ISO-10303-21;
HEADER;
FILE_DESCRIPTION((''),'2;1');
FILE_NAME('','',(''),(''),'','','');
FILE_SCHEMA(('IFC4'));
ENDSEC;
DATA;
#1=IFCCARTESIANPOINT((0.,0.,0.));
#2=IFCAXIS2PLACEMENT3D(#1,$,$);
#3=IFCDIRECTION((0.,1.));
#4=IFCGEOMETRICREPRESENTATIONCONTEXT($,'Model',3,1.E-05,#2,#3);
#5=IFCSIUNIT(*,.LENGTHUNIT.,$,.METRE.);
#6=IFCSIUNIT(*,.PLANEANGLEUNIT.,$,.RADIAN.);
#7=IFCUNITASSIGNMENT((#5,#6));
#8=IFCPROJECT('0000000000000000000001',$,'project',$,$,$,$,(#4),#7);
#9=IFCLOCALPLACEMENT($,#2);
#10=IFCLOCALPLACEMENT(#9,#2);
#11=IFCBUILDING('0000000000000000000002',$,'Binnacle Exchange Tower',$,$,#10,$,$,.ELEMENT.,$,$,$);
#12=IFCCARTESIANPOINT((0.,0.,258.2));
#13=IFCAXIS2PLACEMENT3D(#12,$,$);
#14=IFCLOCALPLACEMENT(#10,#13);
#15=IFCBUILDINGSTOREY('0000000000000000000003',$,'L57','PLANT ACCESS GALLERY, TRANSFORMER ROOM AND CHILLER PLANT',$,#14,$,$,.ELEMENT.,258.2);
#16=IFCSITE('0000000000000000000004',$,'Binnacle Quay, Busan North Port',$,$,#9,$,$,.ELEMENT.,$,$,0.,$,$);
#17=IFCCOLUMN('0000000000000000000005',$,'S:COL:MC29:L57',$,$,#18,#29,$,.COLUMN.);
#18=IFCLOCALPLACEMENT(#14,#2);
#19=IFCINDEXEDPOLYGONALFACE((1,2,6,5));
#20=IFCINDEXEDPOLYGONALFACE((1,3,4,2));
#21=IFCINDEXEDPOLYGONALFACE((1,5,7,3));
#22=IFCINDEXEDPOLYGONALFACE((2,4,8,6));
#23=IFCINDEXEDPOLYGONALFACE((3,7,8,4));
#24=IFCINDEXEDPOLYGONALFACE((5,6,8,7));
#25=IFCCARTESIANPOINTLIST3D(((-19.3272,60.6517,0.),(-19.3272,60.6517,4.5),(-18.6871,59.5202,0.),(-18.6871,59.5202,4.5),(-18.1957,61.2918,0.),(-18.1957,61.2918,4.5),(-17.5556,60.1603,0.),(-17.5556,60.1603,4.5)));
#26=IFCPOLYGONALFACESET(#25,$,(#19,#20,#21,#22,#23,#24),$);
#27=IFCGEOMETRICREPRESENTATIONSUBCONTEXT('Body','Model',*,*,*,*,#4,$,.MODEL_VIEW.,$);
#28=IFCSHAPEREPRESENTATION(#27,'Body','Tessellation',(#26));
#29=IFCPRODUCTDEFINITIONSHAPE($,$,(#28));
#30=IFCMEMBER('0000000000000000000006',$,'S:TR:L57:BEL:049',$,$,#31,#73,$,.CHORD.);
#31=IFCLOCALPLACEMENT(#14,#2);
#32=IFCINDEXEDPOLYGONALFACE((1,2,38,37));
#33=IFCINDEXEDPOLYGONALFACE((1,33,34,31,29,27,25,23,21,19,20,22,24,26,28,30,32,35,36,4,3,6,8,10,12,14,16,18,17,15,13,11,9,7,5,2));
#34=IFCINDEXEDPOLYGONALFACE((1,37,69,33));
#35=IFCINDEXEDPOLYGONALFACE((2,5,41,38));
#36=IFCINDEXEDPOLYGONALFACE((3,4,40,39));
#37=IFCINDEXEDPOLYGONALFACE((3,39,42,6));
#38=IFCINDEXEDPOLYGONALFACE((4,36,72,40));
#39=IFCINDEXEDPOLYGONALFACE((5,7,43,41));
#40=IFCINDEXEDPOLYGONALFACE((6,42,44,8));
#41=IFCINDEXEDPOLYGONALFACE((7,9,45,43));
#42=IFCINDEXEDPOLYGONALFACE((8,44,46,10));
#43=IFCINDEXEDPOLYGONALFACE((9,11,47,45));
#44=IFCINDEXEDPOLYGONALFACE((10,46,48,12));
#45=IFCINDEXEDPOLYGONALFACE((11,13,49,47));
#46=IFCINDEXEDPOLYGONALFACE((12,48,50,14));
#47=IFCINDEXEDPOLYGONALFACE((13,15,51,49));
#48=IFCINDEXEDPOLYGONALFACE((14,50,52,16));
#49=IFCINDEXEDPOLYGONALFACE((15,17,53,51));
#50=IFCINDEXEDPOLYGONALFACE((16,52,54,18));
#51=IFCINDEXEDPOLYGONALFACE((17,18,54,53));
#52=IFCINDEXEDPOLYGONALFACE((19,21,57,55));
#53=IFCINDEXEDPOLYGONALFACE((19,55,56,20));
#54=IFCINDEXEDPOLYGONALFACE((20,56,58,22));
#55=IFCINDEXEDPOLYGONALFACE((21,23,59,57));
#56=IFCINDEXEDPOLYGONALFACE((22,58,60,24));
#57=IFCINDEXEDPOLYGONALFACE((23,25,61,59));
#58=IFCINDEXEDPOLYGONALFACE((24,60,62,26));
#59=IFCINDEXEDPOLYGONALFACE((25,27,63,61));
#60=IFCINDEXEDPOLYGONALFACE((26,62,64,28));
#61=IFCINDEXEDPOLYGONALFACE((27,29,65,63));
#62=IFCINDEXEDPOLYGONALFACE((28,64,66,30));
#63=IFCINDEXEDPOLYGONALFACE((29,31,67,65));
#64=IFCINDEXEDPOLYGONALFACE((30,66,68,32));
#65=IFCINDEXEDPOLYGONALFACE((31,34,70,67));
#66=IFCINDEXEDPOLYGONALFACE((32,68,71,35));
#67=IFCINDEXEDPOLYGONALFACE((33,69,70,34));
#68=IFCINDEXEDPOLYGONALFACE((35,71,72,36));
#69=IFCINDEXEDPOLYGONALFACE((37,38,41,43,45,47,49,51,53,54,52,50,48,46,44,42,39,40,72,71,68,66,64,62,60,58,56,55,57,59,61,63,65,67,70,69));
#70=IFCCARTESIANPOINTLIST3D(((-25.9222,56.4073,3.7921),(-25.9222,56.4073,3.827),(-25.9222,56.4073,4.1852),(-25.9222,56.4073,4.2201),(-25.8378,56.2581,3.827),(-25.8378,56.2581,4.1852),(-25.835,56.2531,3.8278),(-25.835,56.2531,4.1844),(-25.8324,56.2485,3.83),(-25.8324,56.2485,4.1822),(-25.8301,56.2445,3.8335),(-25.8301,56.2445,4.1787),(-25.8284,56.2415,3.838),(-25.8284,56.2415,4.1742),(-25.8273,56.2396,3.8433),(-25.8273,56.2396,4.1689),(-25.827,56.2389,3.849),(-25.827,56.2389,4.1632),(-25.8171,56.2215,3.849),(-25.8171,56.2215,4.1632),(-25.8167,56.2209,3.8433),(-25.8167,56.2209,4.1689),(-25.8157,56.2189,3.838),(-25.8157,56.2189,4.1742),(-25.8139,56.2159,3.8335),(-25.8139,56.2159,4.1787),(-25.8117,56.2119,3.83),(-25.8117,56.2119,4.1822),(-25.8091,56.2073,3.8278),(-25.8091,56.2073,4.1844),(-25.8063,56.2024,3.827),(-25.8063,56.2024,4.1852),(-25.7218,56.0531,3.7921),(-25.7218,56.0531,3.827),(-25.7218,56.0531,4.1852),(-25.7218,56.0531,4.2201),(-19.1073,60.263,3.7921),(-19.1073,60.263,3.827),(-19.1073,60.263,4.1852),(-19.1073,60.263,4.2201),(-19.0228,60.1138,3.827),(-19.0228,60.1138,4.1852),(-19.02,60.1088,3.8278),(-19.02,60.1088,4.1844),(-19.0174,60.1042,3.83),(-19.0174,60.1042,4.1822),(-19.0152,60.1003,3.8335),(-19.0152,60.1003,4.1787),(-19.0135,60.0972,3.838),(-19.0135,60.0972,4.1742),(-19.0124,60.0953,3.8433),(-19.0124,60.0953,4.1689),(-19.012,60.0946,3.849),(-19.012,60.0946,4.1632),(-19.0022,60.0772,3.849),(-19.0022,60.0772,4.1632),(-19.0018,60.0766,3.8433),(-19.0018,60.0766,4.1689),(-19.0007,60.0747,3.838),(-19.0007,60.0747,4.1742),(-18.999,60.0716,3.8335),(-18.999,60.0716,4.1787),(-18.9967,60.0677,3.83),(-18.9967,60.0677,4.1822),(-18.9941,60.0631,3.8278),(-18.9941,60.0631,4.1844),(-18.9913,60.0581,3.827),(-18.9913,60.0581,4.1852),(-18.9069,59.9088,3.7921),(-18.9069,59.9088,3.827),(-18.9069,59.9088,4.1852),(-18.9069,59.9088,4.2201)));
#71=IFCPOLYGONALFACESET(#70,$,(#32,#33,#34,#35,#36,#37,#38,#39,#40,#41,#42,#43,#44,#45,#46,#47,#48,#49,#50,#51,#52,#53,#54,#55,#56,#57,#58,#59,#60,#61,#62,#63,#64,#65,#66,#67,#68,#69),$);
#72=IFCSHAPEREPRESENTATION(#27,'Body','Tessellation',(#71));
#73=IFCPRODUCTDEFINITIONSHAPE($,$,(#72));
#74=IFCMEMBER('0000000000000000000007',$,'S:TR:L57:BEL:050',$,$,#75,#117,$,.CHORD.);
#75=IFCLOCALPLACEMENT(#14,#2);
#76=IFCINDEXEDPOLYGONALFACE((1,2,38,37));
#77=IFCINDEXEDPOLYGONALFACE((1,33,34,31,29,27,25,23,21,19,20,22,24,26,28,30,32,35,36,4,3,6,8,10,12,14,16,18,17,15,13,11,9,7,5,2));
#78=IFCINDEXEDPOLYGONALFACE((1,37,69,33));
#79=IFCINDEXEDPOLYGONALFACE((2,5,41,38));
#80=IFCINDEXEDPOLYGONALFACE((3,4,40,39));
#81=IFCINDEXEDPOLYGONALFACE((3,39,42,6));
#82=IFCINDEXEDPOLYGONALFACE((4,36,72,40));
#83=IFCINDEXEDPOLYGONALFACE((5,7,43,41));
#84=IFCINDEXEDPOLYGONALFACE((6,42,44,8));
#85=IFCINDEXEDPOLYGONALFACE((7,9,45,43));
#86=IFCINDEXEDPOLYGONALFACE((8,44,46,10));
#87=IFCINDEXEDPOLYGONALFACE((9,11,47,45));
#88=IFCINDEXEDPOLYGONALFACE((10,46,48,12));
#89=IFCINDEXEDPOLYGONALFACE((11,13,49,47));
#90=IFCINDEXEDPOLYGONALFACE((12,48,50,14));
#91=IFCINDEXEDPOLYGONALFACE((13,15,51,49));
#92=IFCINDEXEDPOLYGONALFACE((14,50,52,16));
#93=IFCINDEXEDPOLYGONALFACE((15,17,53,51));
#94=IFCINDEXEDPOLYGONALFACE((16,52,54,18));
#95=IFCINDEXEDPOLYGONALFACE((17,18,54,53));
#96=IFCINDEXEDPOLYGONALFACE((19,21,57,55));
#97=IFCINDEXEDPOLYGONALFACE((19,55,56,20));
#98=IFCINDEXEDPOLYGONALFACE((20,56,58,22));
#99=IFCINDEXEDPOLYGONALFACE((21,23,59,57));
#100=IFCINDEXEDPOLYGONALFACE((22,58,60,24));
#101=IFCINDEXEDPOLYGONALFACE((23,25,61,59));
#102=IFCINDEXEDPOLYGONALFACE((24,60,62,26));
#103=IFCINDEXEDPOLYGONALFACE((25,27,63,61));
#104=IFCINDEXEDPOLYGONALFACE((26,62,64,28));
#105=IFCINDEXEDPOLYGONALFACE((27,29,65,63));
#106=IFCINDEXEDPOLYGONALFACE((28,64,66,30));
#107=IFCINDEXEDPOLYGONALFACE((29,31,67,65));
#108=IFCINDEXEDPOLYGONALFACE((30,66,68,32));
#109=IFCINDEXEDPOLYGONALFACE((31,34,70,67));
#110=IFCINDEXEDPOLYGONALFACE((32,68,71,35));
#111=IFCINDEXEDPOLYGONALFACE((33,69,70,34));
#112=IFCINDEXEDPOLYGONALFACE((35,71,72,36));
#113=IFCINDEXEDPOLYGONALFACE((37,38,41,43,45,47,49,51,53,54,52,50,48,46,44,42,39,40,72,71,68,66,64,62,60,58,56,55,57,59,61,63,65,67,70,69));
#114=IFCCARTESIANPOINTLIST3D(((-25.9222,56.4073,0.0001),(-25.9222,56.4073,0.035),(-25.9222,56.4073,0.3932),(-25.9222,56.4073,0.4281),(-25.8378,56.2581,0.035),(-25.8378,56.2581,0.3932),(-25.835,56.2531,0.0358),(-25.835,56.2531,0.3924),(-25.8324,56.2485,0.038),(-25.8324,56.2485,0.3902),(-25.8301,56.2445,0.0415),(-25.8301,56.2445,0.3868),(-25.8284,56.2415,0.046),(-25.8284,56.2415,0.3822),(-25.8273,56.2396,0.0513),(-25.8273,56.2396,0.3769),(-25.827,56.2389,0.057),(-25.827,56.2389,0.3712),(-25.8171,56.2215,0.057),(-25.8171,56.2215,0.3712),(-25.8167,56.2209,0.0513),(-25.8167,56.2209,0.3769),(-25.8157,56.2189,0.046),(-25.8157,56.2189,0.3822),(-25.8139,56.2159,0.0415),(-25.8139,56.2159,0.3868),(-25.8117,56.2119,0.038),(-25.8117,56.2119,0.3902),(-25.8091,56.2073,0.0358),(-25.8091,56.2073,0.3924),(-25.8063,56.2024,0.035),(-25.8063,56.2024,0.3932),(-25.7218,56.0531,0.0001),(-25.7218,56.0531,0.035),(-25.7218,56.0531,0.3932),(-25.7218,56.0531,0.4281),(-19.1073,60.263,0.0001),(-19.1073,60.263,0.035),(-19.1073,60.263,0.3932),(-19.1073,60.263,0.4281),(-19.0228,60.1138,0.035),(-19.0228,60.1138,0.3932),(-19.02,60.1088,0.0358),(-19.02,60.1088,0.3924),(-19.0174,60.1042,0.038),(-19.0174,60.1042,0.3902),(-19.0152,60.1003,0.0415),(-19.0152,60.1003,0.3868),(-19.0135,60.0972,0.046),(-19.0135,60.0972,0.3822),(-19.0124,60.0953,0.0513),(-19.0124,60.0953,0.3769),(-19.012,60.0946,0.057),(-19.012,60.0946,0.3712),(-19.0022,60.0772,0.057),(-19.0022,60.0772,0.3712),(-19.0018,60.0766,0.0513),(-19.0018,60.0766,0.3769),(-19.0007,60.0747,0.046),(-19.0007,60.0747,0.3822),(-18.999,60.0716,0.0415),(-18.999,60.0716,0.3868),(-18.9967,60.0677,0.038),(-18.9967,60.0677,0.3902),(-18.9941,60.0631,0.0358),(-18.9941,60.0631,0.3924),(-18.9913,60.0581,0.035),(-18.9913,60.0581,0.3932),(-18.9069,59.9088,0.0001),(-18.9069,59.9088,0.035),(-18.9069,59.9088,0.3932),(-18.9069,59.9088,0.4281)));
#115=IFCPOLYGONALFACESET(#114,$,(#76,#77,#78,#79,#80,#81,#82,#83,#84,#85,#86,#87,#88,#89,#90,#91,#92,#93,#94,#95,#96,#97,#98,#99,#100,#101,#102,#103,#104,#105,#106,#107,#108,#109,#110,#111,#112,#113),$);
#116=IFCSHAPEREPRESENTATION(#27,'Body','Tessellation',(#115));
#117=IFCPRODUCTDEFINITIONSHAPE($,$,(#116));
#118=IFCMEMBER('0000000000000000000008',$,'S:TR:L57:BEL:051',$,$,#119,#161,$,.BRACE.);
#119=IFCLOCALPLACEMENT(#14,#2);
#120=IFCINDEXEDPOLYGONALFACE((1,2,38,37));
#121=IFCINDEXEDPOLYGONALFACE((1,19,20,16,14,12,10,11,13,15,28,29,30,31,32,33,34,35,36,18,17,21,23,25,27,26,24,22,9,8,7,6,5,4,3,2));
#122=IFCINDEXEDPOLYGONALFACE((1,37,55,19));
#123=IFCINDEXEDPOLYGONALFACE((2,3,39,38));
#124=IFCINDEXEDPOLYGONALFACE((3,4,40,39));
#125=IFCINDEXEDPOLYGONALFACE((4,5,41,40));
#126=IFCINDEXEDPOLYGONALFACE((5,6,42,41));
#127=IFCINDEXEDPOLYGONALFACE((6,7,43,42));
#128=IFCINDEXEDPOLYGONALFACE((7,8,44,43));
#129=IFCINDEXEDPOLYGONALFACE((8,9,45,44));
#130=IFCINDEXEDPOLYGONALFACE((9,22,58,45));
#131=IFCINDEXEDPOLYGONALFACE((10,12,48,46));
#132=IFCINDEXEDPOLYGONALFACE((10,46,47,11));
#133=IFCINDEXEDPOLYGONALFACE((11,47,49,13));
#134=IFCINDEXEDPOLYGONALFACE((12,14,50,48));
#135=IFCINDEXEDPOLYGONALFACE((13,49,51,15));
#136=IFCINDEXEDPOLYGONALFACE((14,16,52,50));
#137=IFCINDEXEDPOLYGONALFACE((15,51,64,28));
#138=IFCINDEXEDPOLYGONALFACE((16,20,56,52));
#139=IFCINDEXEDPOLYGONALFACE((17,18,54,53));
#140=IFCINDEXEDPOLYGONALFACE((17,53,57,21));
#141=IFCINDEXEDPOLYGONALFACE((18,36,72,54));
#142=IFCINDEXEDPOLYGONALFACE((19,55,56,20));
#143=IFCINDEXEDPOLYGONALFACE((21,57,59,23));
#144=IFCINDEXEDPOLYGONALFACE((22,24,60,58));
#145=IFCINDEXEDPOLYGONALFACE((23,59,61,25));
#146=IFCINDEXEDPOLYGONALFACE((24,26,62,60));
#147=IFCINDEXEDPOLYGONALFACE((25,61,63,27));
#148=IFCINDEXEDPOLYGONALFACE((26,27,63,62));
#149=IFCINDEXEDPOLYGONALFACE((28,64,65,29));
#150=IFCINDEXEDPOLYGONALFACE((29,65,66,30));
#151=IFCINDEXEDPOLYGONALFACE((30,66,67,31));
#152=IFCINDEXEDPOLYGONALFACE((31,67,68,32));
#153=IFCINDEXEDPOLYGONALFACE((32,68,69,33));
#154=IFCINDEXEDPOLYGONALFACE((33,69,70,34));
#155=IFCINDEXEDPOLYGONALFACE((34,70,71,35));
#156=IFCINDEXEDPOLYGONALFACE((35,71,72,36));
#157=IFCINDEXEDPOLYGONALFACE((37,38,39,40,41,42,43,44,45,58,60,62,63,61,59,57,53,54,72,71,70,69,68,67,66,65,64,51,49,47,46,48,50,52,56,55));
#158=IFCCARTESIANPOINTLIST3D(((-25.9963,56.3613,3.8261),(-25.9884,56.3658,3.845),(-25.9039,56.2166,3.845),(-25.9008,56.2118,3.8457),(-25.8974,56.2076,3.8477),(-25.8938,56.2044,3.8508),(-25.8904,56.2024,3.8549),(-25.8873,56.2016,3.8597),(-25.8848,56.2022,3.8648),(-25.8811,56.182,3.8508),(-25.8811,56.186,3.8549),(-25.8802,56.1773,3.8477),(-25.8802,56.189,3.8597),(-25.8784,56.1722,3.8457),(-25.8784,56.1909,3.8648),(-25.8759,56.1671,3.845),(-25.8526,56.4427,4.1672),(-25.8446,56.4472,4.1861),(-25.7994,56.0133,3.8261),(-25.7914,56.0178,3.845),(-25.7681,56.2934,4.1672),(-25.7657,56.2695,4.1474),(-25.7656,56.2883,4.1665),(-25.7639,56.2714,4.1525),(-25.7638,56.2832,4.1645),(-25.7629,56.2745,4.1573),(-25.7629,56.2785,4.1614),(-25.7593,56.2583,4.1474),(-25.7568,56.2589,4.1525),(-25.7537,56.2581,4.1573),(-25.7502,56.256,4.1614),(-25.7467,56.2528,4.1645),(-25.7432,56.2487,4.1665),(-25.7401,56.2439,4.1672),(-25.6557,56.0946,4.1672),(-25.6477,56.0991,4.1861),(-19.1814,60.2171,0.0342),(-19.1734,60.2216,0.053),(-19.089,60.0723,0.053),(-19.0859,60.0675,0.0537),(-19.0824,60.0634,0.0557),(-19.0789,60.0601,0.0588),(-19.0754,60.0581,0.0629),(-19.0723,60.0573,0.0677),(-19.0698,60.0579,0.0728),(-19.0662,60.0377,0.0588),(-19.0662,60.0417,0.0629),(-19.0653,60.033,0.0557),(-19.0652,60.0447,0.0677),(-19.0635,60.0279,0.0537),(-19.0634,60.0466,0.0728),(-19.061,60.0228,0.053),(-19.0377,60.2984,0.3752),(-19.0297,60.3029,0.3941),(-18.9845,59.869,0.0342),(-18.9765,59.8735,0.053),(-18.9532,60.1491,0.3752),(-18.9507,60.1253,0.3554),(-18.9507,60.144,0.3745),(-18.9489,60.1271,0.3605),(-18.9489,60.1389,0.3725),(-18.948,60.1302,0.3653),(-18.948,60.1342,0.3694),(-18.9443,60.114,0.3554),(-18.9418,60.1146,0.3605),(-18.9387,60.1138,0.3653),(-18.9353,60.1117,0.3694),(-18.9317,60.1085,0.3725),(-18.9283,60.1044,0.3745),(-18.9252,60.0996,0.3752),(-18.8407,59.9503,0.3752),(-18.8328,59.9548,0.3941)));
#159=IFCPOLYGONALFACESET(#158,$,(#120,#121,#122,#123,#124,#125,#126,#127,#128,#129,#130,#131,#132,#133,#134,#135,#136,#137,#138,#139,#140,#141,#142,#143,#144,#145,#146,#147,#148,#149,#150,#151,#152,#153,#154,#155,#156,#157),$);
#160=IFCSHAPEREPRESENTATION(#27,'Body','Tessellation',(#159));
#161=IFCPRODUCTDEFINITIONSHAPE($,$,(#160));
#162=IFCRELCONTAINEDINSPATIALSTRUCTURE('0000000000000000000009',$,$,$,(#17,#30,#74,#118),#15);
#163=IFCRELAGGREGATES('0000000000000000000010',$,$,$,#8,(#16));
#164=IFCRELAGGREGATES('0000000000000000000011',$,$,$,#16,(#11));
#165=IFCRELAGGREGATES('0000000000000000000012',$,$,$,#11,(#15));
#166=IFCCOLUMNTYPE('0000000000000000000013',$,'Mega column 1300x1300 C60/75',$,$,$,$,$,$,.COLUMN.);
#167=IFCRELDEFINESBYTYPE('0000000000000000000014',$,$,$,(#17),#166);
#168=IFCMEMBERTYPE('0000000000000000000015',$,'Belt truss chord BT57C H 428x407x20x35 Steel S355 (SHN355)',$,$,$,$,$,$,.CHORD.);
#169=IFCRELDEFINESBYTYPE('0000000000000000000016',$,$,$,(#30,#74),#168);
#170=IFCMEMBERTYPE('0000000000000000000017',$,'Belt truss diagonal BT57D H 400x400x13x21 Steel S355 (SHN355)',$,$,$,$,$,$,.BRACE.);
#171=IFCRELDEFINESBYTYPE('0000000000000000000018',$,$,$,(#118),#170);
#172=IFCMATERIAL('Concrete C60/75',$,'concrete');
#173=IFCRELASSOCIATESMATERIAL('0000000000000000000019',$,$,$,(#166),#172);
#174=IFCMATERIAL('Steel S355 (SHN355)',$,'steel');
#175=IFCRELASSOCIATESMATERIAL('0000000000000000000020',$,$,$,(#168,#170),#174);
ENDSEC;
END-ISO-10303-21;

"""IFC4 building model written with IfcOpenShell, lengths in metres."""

from ifc_helpers import new_model, si_unit, direction, frame, origin, origin_2d, place, context, subcontext, project, spatial, rectangle, i_section, extrude, material, material_profile, profile_set, type_object, element, save


model = new_model("IFC4")

# Units and contexts
model_context = context("Model", 3, precision=1e-05, world=origin(), true_north=direction((0.0, 1.0)))
body_context = subcontext(model_context, "Body", "Model", "MODEL_VIEW")
ifc_project = project(units=[si_unit("LENGTHUNIT", "METRE"), si_unit("PLANEANGLEUNIT", "RADIAN")], contexts=[model_context])

# Site, building, storey
site_placement = place(None, origin())
site = spatial("IfcSite", under=ifc_project, at=site_placement, Name="Binnacle Quay, Busan North Port", CompositionType="ELEMENT", RefElevation=0.0)
building_placement = place(site_placement, origin())
building = spatial("IfcBuilding", under=site, at=building_placement, Name="Binnacle Exchange Tower", CompositionType="ELEMENT")
storey_placement = place(building_placement, frame((0.0, 0.0, 258.2)))
storey = spatial("IfcBuildingStorey", under=building, at=storey_placement, Name="L57", Description="PLANT ACCESS GALLERY, TRANSFORMER ROOM AND CHILLER PLANT", CompositionType="ELEMENT", Elevation=258.2)

# Column
ifc_material_1 = material(Name="Concrete C60/75", Category="concrete")
ifc_material_profile_1 = material_profile(ifc_material_1, rectangle(XDim=1.3, YDim=1.3, at=origin_2d()), Name="Mega column 1300x1300 C60/75")
ifc_profile_set_1 = profile_set([ifc_material_profile_1], Name="Concrete C60/75")
column_type = type_object("IfcColumnType", Name="Mega column 1300x1300 C60/75", PredefinedType="COLUMN", material=ifc_profile_set_1)
column_placement = place(storey_placement, frame((-18.4414, 60.406, 0.0), z_axis=(0.0, 0.0, 1.0), x_axis=(-0.870356, -0.492424, 0.0)))
element("IfcColumn", 1, at=column_placement, inside=storey, type_object=column_type, Name="S:COL:MC29:L57", PredefinedType="COLUMN", context=body_context, shape_type="SweptSolid", body=[
    extrude(rectangle(XDim=1.3, YDim=1.3, at=origin_2d()), origin(), (0.0, 0.0, 1.0), 4.5),
])

# Members
ifc_material_2 = material(Name="Steel S355 (SHN355)", Category="steel")
ifc_material_profile_2 = material_profile(ifc_material_2, i_section(OverallWidth=0.407, OverallDepth=0.428, WebThickness=0.02, FlangeThickness=0.0349, FilletRadius=0.022, at=origin_2d()), Name="H 428x407x20x35")
ifc_profile_set_2 = profile_set([ifc_material_profile_2], Name="Steel S355 (SHN355)")
member_type_1 = type_object("IfcMemberType", Name="Belt truss chord BT57C H 428x407x20x35 Steel S355 (SHN355)", PredefinedType="CHORD", material=ifc_profile_set_2)
for number, where, z_axis, x_axis, name in (
    (2, (-19.0071, 60.0859, 4.0061), (-0.870355, -0.492424, 0.0), (0.492424, -0.870355, 0.0), "S:TR:L57:BEL:049"),
    (3, (-19.0071, 60.0859, 0.2141), (-0.870355, -0.492424, 0.0), (0.492424, -0.870355, 0.0), "S:TR:L57:BEL:050"),
):
    element("IfcMember", number, at=place(storey_placement, frame(where, z_axis=z_axis, x_axis=x_axis)), inside=storey, type_object=member_type_1, Name=name, PredefinedType="CHORD", context=body_context, shape_type="SweptSolid", body=[
        extrude(i_section(OverallWidth=0.407, OverallDepth=0.428, WebThickness=0.02, FlangeThickness=0.0349, FilletRadius=0.022, at=origin_2d()), origin(), (0.0, 0.0, 1.0), 7.8301),
    ])
ifc_material_profile_3 = material_profile(ifc_material_2, i_section(OverallWidth=0.3999, OverallDepth=0.3999, WebThickness=0.0129, FlangeThickness=0.021, FilletRadius=0.022, at=origin_2d()), Name="H 400x400x13x21")
ifc_profile_set_3 = profile_set([ifc_material_profile_3], Name="Steel S355 (SHN355)")
member_type_2 = type_object("IfcMemberType", Name="Belt truss diagonal BT57D H 400x400x13x21 Steel S355 (SHN355)", PredefinedType="BRACE", material=ifc_profile_set_3)
member_1_placement = place(storey_placement, frame((-19.0071, 60.0859, 0.2141), z_axis=(-0.783331, -0.443188, 0.435864), x_axis=(0.492424, -0.870355, 0.0)))
element("IfcMember", 4, at=member_1_placement, inside=storey, type_object=member_type_2, Name="S:TR:L57:BEL:051", PredefinedType="BRACE", context=body_context, shape_type="SweptSolid", body=[
    extrude(i_section(OverallWidth=0.3999, OverallDepth=0.3999, WebThickness=0.0129, FlangeThickness=0.021, FilletRadius=0.022, at=origin_2d()), origin(), (0.0, 0.0, 1.0), 8.7),
])

save(model, "model.ifc")
